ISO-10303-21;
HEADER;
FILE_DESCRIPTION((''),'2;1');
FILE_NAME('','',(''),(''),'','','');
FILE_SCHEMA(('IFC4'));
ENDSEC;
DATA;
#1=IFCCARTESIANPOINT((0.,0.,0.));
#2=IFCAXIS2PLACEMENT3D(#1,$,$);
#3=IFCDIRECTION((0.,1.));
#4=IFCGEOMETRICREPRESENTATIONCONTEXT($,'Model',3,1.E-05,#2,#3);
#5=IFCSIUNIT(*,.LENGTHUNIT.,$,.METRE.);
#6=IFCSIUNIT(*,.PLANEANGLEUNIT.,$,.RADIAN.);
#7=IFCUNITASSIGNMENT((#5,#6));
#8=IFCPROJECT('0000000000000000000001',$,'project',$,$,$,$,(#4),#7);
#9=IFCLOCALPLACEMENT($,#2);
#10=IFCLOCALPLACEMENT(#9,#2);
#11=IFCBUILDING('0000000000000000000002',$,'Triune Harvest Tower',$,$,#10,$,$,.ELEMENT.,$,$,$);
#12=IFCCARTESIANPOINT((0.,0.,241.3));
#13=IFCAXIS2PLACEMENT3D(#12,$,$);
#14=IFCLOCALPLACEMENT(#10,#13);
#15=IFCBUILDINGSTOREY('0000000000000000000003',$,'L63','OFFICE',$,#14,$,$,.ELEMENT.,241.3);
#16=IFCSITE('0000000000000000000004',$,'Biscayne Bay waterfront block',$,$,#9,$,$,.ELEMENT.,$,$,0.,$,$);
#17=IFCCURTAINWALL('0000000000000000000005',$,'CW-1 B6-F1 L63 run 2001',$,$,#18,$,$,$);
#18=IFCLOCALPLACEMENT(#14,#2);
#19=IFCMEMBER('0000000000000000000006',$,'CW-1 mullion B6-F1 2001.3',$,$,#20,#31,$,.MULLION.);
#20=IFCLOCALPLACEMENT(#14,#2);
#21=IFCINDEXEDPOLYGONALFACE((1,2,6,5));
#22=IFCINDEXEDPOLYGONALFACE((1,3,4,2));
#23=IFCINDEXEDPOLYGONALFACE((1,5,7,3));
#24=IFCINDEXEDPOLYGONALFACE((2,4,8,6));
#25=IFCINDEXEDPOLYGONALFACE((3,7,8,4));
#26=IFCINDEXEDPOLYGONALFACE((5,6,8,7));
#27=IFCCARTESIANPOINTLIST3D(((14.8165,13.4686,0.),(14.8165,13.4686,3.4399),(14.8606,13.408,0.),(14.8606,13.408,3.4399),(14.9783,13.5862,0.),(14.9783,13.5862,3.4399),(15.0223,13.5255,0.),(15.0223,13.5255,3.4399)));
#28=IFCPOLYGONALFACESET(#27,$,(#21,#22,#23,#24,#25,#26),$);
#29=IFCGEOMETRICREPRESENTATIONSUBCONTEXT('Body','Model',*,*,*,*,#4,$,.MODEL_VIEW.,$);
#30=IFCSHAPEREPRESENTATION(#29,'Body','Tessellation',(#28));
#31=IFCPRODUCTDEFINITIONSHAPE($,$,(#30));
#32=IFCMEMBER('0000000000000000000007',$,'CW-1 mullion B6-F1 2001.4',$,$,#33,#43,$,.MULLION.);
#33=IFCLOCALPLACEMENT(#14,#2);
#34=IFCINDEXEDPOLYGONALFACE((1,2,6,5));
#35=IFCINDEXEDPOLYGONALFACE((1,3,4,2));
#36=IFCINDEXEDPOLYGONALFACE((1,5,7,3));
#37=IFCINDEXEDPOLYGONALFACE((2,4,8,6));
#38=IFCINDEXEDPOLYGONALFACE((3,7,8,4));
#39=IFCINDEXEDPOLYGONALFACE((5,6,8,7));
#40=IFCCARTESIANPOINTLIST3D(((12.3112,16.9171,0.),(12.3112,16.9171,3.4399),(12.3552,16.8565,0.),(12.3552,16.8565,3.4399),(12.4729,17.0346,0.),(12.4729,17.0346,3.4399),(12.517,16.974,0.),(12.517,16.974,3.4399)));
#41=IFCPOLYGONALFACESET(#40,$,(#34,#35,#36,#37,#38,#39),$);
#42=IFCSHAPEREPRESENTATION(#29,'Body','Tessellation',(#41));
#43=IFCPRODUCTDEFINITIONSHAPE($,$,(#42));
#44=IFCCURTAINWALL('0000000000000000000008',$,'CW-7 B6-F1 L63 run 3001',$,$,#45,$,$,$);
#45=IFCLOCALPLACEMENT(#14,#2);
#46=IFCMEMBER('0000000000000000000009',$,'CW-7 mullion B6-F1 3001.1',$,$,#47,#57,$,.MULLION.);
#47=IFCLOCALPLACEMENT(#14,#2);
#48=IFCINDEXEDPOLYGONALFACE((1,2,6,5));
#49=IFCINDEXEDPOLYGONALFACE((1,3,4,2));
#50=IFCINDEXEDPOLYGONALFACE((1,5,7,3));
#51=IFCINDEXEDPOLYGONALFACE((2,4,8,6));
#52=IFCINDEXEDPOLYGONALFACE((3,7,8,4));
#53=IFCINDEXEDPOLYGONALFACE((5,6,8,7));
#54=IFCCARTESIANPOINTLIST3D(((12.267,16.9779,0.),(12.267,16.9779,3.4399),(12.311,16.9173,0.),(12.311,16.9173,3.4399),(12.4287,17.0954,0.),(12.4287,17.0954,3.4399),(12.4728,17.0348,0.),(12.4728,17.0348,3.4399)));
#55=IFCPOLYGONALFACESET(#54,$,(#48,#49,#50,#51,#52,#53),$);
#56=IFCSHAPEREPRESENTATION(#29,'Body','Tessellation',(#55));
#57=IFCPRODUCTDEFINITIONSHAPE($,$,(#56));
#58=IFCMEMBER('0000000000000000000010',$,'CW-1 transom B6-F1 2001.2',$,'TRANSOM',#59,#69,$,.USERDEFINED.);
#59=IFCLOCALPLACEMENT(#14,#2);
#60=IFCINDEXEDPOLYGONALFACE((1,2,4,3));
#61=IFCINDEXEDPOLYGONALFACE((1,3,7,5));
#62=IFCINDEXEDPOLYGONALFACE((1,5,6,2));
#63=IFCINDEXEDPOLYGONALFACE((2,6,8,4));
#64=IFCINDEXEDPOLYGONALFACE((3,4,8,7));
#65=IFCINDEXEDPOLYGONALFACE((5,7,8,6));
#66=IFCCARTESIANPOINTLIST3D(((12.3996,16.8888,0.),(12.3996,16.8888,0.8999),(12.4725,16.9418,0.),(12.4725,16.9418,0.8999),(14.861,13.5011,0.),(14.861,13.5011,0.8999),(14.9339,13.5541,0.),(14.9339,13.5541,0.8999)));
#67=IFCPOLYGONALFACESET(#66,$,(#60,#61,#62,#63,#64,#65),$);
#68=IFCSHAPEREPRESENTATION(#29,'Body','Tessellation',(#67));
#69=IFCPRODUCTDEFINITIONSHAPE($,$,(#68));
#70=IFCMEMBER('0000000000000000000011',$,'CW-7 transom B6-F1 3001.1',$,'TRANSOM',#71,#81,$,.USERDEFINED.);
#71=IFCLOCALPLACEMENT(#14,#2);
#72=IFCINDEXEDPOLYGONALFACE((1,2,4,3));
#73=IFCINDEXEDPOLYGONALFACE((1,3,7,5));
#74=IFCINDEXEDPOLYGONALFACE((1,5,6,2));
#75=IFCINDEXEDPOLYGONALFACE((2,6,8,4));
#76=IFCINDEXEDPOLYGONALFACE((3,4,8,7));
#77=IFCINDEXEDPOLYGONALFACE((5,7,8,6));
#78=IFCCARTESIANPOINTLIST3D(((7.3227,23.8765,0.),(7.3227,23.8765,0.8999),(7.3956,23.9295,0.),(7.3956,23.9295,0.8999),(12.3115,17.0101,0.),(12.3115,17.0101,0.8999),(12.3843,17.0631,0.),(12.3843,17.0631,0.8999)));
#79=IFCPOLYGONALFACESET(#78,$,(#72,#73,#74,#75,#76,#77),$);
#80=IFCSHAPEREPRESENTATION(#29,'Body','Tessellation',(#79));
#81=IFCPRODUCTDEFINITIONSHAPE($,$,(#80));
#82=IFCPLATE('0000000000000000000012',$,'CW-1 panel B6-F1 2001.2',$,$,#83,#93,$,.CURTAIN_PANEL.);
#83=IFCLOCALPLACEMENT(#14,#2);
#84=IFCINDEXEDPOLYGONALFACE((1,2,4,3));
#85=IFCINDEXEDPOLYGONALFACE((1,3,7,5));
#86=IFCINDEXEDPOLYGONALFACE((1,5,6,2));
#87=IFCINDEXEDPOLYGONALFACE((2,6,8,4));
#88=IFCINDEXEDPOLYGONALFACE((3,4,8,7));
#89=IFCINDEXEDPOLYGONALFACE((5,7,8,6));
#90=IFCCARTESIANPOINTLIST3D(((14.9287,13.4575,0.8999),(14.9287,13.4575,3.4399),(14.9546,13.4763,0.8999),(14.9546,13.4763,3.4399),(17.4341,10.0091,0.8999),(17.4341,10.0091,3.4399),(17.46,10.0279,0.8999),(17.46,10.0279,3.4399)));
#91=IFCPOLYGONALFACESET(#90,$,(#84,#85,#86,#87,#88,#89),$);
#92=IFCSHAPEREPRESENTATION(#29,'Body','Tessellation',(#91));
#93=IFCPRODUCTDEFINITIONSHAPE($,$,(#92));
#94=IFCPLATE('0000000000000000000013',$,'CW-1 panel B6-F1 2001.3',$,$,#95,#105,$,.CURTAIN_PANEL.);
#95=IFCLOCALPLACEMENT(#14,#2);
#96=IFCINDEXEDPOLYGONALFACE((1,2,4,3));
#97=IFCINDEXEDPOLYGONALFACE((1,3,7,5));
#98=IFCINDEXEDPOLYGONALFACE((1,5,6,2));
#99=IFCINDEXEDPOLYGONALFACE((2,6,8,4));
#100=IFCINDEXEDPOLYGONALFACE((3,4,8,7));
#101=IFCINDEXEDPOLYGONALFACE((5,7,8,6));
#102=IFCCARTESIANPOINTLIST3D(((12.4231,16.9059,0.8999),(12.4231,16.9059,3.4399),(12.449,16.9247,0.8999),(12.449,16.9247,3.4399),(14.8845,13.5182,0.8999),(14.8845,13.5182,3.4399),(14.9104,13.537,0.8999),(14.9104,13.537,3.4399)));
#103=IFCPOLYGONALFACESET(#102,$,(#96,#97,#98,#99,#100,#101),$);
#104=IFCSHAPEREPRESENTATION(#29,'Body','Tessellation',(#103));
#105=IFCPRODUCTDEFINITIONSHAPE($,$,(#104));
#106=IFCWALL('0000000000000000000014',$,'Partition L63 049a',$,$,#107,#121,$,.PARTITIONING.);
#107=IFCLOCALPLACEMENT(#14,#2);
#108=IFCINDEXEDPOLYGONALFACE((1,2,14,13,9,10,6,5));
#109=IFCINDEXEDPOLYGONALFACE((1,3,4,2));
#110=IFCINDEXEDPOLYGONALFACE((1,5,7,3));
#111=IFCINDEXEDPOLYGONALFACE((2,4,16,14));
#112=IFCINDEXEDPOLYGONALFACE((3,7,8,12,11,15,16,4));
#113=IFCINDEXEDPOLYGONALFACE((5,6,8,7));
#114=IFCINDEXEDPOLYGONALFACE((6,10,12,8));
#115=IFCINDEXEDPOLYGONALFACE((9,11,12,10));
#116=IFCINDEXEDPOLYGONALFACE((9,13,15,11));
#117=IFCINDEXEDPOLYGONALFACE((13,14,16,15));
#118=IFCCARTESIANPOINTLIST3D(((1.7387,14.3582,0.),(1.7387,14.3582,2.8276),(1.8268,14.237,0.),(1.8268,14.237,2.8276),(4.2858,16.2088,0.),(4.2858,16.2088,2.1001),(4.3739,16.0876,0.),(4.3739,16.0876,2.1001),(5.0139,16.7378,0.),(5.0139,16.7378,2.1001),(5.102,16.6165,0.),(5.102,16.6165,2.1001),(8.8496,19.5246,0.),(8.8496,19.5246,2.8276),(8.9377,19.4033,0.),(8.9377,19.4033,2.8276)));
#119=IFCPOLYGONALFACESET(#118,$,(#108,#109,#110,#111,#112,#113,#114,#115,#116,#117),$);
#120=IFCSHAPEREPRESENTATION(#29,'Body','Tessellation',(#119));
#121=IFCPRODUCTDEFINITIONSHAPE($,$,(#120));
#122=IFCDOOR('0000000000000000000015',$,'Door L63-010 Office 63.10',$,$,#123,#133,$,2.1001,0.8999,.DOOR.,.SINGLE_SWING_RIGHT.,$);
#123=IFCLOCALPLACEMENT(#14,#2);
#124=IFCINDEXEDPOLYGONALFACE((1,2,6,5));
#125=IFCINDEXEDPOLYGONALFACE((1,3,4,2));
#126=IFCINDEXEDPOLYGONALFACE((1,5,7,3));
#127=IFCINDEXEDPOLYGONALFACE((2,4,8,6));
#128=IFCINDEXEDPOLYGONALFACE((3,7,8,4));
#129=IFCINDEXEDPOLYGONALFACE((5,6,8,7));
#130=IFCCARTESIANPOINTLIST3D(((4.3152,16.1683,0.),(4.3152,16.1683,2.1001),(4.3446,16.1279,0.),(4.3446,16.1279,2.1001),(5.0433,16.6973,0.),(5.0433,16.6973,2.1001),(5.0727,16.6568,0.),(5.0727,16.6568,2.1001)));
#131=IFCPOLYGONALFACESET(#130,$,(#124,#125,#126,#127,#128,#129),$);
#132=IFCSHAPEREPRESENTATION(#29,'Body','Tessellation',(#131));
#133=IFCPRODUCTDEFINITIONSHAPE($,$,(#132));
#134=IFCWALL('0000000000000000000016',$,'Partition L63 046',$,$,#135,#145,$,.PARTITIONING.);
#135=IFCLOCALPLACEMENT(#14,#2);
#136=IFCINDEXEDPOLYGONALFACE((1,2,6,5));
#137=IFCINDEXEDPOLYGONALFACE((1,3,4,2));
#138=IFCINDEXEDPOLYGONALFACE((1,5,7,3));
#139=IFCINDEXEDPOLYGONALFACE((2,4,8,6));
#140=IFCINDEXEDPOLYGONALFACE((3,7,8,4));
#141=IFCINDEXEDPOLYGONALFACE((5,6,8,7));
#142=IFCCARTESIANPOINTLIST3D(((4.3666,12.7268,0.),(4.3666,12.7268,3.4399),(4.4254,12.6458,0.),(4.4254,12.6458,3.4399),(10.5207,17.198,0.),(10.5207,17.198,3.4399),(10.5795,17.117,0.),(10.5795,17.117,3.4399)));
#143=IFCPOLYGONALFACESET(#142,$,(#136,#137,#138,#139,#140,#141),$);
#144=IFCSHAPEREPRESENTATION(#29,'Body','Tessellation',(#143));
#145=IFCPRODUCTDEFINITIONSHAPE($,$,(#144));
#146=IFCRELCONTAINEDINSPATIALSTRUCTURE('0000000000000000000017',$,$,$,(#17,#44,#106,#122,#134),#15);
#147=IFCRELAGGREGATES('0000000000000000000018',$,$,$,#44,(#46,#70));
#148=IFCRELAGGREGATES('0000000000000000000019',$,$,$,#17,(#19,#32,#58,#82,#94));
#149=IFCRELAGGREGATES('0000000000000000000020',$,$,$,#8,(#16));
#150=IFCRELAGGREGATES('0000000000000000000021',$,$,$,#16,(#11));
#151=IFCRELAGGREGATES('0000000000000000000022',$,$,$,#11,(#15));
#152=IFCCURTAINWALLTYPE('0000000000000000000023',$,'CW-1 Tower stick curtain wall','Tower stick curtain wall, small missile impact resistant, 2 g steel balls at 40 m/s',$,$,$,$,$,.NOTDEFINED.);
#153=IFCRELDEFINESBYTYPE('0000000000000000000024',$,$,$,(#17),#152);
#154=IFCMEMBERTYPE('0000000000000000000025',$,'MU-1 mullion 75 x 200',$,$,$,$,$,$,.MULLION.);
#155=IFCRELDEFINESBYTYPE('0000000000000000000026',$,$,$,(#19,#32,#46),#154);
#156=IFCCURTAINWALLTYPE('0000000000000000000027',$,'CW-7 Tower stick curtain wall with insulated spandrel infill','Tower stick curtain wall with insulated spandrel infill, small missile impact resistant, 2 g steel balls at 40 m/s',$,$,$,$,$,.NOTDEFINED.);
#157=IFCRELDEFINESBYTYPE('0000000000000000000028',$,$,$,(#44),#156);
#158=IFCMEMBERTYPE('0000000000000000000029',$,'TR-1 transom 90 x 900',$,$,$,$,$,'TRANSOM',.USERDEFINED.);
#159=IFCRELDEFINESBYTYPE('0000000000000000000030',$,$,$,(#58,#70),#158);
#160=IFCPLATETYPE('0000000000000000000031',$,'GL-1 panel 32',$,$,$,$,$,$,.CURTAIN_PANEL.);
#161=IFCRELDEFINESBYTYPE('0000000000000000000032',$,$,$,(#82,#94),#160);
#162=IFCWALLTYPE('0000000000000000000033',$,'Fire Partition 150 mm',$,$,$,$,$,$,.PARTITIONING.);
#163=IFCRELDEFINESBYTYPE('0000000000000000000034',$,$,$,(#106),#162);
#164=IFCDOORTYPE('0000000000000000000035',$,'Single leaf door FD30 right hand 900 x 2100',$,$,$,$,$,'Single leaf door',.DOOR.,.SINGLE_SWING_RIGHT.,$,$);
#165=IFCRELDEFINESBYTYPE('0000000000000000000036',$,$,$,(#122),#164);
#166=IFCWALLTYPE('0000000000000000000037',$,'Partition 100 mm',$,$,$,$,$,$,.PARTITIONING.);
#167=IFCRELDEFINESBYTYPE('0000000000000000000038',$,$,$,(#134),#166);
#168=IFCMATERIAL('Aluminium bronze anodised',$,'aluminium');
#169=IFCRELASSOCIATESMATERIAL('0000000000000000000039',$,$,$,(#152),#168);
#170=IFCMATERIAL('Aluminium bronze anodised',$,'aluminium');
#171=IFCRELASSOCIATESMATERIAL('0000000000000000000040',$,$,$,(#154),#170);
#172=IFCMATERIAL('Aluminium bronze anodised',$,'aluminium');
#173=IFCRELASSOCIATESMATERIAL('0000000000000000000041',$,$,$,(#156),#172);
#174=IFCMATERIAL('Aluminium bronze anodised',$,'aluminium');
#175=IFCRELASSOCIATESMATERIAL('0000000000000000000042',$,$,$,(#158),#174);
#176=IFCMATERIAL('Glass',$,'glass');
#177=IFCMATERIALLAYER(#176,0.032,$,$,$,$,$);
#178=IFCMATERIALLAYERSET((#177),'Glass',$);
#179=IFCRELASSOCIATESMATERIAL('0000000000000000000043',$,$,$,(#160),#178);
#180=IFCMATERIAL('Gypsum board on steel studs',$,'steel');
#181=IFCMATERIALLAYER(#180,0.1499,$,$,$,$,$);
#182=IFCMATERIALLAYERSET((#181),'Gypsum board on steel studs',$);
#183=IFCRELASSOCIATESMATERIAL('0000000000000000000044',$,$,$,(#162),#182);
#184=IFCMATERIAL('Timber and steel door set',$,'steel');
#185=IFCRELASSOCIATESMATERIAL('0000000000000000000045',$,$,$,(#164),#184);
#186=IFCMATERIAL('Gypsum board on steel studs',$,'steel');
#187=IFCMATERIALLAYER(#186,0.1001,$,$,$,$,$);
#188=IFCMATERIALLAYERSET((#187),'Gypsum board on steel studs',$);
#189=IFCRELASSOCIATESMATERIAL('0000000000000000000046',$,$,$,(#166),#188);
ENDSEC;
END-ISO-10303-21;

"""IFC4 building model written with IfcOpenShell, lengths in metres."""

from ifc_helpers import new_model, si_unit, direction, frame, frame_2d, origin, origin_2d, place, context, subcontext, project, spatial, rectangle, extrude, source, transform, mapped, material, layer, layer_set, material_profile, profile_set, type_object, element, fill, aggregate, save


model = new_model("IFC4")

# Units and contexts
model_context = context("Model", 3, precision=1e-05, world=origin(), true_north=direction((0.0, 1.0)))
body_context = subcontext(model_context, "Body", "Model", "MODEL_VIEW")
ifc_project = project(units=[si_unit("LENGTHUNIT", "METRE"), si_unit("PLANEANGLEUNIT", "RADIAN")], contexts=[model_context])

# Site, building, storey
site_placement = place(None, origin())
site = spatial("IfcSite", under=ifc_project, at=site_placement, Name="Biscayne Bay waterfront block", CompositionType="ELEMENT", RefElevation=0.0)
building_placement = place(site_placement, origin())
building = spatial("IfcBuilding", under=site, at=building_placement, Name="Triune Harvest Tower", CompositionType="ELEMENT")
storey_placement = place(building_placement, frame((0.0, 0.0, 241.3)))
storey = spatial("IfcBuildingStorey", under=building, at=storey_placement, Name="L63", Description="OFFICE", CompositionType="ELEMENT", Elevation=241.3)

# Curtain wall, members
ifc_material_1 = material(Name="Aluminium bronze anodised", Category="aluminium")
curtain_wall_type_1 = type_object("IfcCurtainWallType", Name="CW-1 Tower stick curtain wall", Description="Tower stick curtain wall, small missile impact resistant, 2 g steel balls at 40 m/s", PredefinedType="NOTDEFINED", material=ifc_material_1)
curtain_wall_1_placement = place(storey_placement, origin())
curtain_wall_1 = element("IfcCurtainWall", 1, at=curtain_wall_1_placement, inside=storey, type_object=curtain_wall_type_1, Name="CW-1 B6-F1 L63 run 2001")
ifc_material_2 = material(Name="Aluminium bronze anodised", Category="aluminium")
ifc_material_profile_1 = material_profile(ifc_material_2, rectangle(XDim=0.2, YDim=0.075, at=origin_2d()), Name="MU-1 mullion 75 x 200")
ifc_profile_set_1 = profile_set([ifc_material_profile_1], Name="Aluminium bronze anodised")
member_type_1 = type_object("IfcMemberType", Name="MU-1 mullion 75 x 200", PredefinedType="MULLION", material=ifc_profile_set_1)
shared_shape_1 = source(origin(), body_context, "Body", "SweptSolid", [
    extrude(rectangle(XDim=0.2, YDim=0.075, at=origin_2d()), origin(), (0.0, 0.0, 1.0), 3.4399),
])
member_1_placement = place(storey_placement, frame((14.9194, 13.4971, 0.0), z_axis=(0.0, 0.0, 1.0), x_axis=(-0.809018, -0.587784, 0.0)))
member_1 = element("IfcMember", 2, at=member_1_placement, type_object=member_type_1, Name="CW-1 mullion B6-F1 2001.3", PredefinedType="MULLION", context=body_context, shape_type="MappedRepresentation", body=[
    mapped(shared_shape_1, transform((0.0, 0.0, 0.0), scale=1.0)),
])
member_2_placement = place(storey_placement, frame((12.4141, 16.9456, 0.0), z_axis=(0.0, 0.0, 1.0), x_axis=(-0.809018, -0.587784, 0.0)))
member_2 = element("IfcMember", 3, at=member_2_placement, type_object=member_type_1, Name="CW-1 mullion B6-F1 2001.4", PredefinedType="MULLION", context=body_context, shape_type="MappedRepresentation", body=[
    mapped(shared_shape_1, transform((0.0, 0.0, 0.0), scale=1.0)),
])

# Curtain wall, member
ifc_material_3 = material(Name="Aluminium bronze anodised", Category="aluminium")
curtain_wall_type_2 = type_object("IfcCurtainWallType", Name="CW-7 Tower stick curtain wall with insulated spandrel infill", Description="Tower stick curtain wall with insulated spandrel infill, small missile impact resistant, 2 g steel balls at 40 m/s", PredefinedType="NOTDEFINED", material=ifc_material_3)
curtain_wall_2_placement = place(storey_placement, origin())
curtain_wall_2 = element("IfcCurtainWall", 4, at=curtain_wall_2_placement, inside=storey, type_object=curtain_wall_type_2, Name="CW-7 B6-F1 L63 run 3001")
member_3_placement = place(storey_placement, frame((12.3699, 17.0063, 0.0), z_axis=(0.0, 0.0, 1.0), x_axis=(-0.809017, -0.587786, 0.0)))
member_3 = element("IfcMember", 5, at=member_3_placement, type_object=member_type_1, Name="CW-7 mullion B6-F1 3001.1", PredefinedType="MULLION", context=body_context, shape_type="MappedRepresentation", body=[
    mapped(shared_shape_1, transform((0.0, 0.0, 0.0), scale=1.0)),
])

# Members
ifc_material_4 = material(Name="Aluminium bronze anodised", Category="aluminium")
ifc_material_profile_2 = material_profile(ifc_material_4, rectangle(XDim=0.0901, YDim=0.8999, at=origin_2d()), Name="TR-1 transom 90 x 900")
ifc_profile_set_2 = profile_set([ifc_material_profile_2], Name="Aluminium bronze anodised")
member_type_2 = type_object("IfcMemberType", Name="TR-1 transom 90 x 900", ElementType="TRANSOM", PredefinedType="USERDEFINED", material=ifc_profile_set_2)
shared_shape_2 = source(origin(), body_context, "Body", "SweptSolid", [
    extrude(rectangle(XDim=0.0901, YDim=0.8999, at=origin_2d()), origin(), (0.0, 0.0, 1.0), 4.1875),
])
member_4_placement = place(storey_placement, frame((14.8975, 13.5276, 0.45), z_axis=(-0.587804, 0.809003, 0.0), x_axis=(-0.809003, -0.587804, 0.0)))
member_4 = element("IfcMember", 6, at=member_4_placement, type_object=member_type_2, Name="CW-1 transom B6-F1 2001.2", ObjectType="TRANSOM", PredefinedType="USERDEFINED", context=body_context, shape_type="MappedRepresentation", body=[
    mapped(shared_shape_2, transform((0.0, 0.0, 0.0), scale=1.0)),
])
shared_shape_3 = source(origin(), body_context, "Body", "SweptSolid", [
    extrude(rectangle(XDim=0.0901, YDim=0.8999, at=origin_2d()), origin(), (0.0, 0.0, 1.0), 8.4873),
])
member_5_placement = place(storey_placement, frame((12.3479, 17.0366, 0.45), z_axis=(-0.587785, 0.809017, 0.0), x_axis=(-0.809017, -0.587785, 0.0)))
member_5 = element("IfcMember", 7, at=member_5_placement, type_object=member_type_2, Name="CW-7 transom B6-F1 3001.1", ObjectType="TRANSOM", PredefinedType="USERDEFINED", context=body_context, shape_type="MappedRepresentation", body=[
    mapped(shared_shape_3, transform((0.0, 0.0, 0.0), scale=1.0)),
])
aggregate(curtain_wall_2, [member_3, member_5])

# Plates
ifc_material_5 = material(Name="Glass", Category="glass")
ifc_layer_1 = layer(ifc_material_5, 0.032)
ifc_layer_set_1 = layer_set([ifc_layer_1], Name="Glass")
plate_type = type_object("IfcPlateType", Name="GL-1 panel 32", PredefinedType="CURTAIN_PANEL", material=ifc_layer_set_1)
shared_shape_4 = source(origin(), body_context, "Body", "SweptSolid", [
    extrude(rectangle(XDim=4.2625, YDim=0.032, at=origin_2d()), origin(), (0.0, 0.0, 1.0), 2.54),
])
plate_1_placement = place(storey_placement, frame((16.1943, 11.7427, 0.8999), z_axis=(0.0, 0.0, 1.0), x_axis=(-0.587784, 0.809018, 0.0)))
plate_1 = element("IfcPlate", 8, at=plate_1_placement, type_object=plate_type, Name="CW-1 panel B6-F1 2001.2", PredefinedType="CURTAIN_PANEL", context=body_context, shape_type="MappedRepresentation", body=[
    mapped(shared_shape_4, transform((0.0, 0.0, 0.0), scale=1.0)),
])
shared_shape_5 = source(origin(), body_context, "Body", "SweptSolid", [
    extrude(rectangle(XDim=4.1875, YDim=0.032, at=origin_2d()), origin(), (0.0, 0.0, 1.0), 2.54),
])
plate_2_placement = place(storey_placement, frame((13.6667, 15.2214, 0.8999), z_axis=(0.0, 0.0, 1.0), x_axis=(-0.587784, 0.809018, 0.0)))
plate_2 = element("IfcPlate", 9, at=plate_2_placement, type_object=plate_type, Name="CW-1 panel B6-F1 2001.3", PredefinedType="CURTAIN_PANEL", context=body_context, shape_type="MappedRepresentation", body=[
    mapped(shared_shape_5, transform((0.0, 0.0, 0.0), scale=1.0)),
])
aggregate(curtain_wall_1, [member_1, member_2, member_4, plate_1, plate_2])

# Wall, opening, door
ifc_material_6 = material(Name="Gypsum board on steel studs", Category="steel")
ifc_layer_2 = layer(ifc_material_6, 0.1499)
ifc_layer_set_2 = layer_set([ifc_layer_2], Name="Gypsum board on steel studs")
wall_type_1 = type_object("IfcWallType", Name="Fire Partition 150 mm", PredefinedType="PARTITIONING", material=ifc_layer_set_2)
wall_1_placement = place(storey_placement, frame((1.7827, 14.2976, 0.0), z_axis=(0.0, 0.0, 1.0), x_axis=(0.809021, 0.58778, 0.0)))
wall_1 = element("IfcWall", 10, at=wall_1_placement, inside=storey, type_object=wall_type_1, Name="Partition L63 049a", PredefinedType="PARTITIONING", context=body_context, shape_type="SweptSolid", body=[
    extrude(rectangle(XDim=8.7896, YDim=0.1499, at=frame_2d((4.3948, 0.0))), origin(), (0.0, 0.0, 1.0), 2.8276),
])
opening_1_placement = place(wall_1_placement, frame((3.1484, 0.0, 0.0)))
opening_1 = element("IfcOpeningElement", 11, at=opening_1_placement, cuts=wall_1, PredefinedType="OPENING", context=body_context, shape_type="SweptSolid", body=[
    extrude(rectangle(XDim=0.8999, YDim=2.1001, at=frame_2d((0.45, 1.05))), frame((0.0, 0.085, 0.0), z_axis=(0.0, -1.0, 0.0), x_axis=(1.0, 0.0, 0.0)), (0.0, 0.0, 1.0), 0.1699),
])
ifc_material_7 = material(Name="Timber and steel door set", Category="steel")
door_type_1 = type_object("IfcDoorType", Name="Single leaf door FD30 right hand 900 x 2100", ElementType="Single leaf door", OperationType="SINGLE_SWING_RIGHT", PredefinedType="DOOR", material=ifc_material_7)
door_1_placement = place(opening_1_placement, origin())
door_1 = element("IfcDoor", 12, at=door_1_placement, inside=storey, type_object=door_type_1, Name="Door L63-010 Office 63.10", OperationType="SINGLE_SWING_RIGHT", OverallHeight=2.1001, OverallWidth=0.8999, PredefinedType="DOOR", context=body_context, shape_type="SweptSolid", body=[
    extrude(rectangle(XDim=0.8999, YDim=2.1001, at=frame_2d((0.45, 1.05))), frame((0.0, 0.0249, 0.0), z_axis=(0.0, -1.0, 0.0), x_axis=(1.0, 0.0, 0.0)), (0.0, 0.0, 1.0), 0.05),
])
fill(opening_1, door_1)

# Wall
ifc_material_8 = material(Name="Gypsum board on steel studs", Category="steel")
ifc_layer_3 = layer(ifc_material_8, 0.1001)
ifc_layer_set_3 = layer_set([ifc_layer_3], Name="Gypsum board on steel studs")
wall_type_2 = type_object("IfcWallType", Name="Partition 100 mm", PredefinedType="PARTITIONING", material=ifc_layer_set_3)
wall_2_placement = place(storey_placement, frame((4.396, 12.6863, 0.0), z_axis=(0.0, 0.0, 1.0), x_axis=(0.809016, 0.587786, 0.0)))
element("IfcWall", 13, at=wall_2_placement, inside=storey, type_object=wall_type_2, Name="Partition L63 046", PredefinedType="PARTITIONING", context=body_context, shape_type="SweptSolid", body=[
    extrude(rectangle(XDim=7.6069, YDim=0.1001, at=frame_2d((3.8035, 0.0))), origin(), (0.0, 0.0, 1.0), 3.4399),
])

save(model, "model.ifc")
